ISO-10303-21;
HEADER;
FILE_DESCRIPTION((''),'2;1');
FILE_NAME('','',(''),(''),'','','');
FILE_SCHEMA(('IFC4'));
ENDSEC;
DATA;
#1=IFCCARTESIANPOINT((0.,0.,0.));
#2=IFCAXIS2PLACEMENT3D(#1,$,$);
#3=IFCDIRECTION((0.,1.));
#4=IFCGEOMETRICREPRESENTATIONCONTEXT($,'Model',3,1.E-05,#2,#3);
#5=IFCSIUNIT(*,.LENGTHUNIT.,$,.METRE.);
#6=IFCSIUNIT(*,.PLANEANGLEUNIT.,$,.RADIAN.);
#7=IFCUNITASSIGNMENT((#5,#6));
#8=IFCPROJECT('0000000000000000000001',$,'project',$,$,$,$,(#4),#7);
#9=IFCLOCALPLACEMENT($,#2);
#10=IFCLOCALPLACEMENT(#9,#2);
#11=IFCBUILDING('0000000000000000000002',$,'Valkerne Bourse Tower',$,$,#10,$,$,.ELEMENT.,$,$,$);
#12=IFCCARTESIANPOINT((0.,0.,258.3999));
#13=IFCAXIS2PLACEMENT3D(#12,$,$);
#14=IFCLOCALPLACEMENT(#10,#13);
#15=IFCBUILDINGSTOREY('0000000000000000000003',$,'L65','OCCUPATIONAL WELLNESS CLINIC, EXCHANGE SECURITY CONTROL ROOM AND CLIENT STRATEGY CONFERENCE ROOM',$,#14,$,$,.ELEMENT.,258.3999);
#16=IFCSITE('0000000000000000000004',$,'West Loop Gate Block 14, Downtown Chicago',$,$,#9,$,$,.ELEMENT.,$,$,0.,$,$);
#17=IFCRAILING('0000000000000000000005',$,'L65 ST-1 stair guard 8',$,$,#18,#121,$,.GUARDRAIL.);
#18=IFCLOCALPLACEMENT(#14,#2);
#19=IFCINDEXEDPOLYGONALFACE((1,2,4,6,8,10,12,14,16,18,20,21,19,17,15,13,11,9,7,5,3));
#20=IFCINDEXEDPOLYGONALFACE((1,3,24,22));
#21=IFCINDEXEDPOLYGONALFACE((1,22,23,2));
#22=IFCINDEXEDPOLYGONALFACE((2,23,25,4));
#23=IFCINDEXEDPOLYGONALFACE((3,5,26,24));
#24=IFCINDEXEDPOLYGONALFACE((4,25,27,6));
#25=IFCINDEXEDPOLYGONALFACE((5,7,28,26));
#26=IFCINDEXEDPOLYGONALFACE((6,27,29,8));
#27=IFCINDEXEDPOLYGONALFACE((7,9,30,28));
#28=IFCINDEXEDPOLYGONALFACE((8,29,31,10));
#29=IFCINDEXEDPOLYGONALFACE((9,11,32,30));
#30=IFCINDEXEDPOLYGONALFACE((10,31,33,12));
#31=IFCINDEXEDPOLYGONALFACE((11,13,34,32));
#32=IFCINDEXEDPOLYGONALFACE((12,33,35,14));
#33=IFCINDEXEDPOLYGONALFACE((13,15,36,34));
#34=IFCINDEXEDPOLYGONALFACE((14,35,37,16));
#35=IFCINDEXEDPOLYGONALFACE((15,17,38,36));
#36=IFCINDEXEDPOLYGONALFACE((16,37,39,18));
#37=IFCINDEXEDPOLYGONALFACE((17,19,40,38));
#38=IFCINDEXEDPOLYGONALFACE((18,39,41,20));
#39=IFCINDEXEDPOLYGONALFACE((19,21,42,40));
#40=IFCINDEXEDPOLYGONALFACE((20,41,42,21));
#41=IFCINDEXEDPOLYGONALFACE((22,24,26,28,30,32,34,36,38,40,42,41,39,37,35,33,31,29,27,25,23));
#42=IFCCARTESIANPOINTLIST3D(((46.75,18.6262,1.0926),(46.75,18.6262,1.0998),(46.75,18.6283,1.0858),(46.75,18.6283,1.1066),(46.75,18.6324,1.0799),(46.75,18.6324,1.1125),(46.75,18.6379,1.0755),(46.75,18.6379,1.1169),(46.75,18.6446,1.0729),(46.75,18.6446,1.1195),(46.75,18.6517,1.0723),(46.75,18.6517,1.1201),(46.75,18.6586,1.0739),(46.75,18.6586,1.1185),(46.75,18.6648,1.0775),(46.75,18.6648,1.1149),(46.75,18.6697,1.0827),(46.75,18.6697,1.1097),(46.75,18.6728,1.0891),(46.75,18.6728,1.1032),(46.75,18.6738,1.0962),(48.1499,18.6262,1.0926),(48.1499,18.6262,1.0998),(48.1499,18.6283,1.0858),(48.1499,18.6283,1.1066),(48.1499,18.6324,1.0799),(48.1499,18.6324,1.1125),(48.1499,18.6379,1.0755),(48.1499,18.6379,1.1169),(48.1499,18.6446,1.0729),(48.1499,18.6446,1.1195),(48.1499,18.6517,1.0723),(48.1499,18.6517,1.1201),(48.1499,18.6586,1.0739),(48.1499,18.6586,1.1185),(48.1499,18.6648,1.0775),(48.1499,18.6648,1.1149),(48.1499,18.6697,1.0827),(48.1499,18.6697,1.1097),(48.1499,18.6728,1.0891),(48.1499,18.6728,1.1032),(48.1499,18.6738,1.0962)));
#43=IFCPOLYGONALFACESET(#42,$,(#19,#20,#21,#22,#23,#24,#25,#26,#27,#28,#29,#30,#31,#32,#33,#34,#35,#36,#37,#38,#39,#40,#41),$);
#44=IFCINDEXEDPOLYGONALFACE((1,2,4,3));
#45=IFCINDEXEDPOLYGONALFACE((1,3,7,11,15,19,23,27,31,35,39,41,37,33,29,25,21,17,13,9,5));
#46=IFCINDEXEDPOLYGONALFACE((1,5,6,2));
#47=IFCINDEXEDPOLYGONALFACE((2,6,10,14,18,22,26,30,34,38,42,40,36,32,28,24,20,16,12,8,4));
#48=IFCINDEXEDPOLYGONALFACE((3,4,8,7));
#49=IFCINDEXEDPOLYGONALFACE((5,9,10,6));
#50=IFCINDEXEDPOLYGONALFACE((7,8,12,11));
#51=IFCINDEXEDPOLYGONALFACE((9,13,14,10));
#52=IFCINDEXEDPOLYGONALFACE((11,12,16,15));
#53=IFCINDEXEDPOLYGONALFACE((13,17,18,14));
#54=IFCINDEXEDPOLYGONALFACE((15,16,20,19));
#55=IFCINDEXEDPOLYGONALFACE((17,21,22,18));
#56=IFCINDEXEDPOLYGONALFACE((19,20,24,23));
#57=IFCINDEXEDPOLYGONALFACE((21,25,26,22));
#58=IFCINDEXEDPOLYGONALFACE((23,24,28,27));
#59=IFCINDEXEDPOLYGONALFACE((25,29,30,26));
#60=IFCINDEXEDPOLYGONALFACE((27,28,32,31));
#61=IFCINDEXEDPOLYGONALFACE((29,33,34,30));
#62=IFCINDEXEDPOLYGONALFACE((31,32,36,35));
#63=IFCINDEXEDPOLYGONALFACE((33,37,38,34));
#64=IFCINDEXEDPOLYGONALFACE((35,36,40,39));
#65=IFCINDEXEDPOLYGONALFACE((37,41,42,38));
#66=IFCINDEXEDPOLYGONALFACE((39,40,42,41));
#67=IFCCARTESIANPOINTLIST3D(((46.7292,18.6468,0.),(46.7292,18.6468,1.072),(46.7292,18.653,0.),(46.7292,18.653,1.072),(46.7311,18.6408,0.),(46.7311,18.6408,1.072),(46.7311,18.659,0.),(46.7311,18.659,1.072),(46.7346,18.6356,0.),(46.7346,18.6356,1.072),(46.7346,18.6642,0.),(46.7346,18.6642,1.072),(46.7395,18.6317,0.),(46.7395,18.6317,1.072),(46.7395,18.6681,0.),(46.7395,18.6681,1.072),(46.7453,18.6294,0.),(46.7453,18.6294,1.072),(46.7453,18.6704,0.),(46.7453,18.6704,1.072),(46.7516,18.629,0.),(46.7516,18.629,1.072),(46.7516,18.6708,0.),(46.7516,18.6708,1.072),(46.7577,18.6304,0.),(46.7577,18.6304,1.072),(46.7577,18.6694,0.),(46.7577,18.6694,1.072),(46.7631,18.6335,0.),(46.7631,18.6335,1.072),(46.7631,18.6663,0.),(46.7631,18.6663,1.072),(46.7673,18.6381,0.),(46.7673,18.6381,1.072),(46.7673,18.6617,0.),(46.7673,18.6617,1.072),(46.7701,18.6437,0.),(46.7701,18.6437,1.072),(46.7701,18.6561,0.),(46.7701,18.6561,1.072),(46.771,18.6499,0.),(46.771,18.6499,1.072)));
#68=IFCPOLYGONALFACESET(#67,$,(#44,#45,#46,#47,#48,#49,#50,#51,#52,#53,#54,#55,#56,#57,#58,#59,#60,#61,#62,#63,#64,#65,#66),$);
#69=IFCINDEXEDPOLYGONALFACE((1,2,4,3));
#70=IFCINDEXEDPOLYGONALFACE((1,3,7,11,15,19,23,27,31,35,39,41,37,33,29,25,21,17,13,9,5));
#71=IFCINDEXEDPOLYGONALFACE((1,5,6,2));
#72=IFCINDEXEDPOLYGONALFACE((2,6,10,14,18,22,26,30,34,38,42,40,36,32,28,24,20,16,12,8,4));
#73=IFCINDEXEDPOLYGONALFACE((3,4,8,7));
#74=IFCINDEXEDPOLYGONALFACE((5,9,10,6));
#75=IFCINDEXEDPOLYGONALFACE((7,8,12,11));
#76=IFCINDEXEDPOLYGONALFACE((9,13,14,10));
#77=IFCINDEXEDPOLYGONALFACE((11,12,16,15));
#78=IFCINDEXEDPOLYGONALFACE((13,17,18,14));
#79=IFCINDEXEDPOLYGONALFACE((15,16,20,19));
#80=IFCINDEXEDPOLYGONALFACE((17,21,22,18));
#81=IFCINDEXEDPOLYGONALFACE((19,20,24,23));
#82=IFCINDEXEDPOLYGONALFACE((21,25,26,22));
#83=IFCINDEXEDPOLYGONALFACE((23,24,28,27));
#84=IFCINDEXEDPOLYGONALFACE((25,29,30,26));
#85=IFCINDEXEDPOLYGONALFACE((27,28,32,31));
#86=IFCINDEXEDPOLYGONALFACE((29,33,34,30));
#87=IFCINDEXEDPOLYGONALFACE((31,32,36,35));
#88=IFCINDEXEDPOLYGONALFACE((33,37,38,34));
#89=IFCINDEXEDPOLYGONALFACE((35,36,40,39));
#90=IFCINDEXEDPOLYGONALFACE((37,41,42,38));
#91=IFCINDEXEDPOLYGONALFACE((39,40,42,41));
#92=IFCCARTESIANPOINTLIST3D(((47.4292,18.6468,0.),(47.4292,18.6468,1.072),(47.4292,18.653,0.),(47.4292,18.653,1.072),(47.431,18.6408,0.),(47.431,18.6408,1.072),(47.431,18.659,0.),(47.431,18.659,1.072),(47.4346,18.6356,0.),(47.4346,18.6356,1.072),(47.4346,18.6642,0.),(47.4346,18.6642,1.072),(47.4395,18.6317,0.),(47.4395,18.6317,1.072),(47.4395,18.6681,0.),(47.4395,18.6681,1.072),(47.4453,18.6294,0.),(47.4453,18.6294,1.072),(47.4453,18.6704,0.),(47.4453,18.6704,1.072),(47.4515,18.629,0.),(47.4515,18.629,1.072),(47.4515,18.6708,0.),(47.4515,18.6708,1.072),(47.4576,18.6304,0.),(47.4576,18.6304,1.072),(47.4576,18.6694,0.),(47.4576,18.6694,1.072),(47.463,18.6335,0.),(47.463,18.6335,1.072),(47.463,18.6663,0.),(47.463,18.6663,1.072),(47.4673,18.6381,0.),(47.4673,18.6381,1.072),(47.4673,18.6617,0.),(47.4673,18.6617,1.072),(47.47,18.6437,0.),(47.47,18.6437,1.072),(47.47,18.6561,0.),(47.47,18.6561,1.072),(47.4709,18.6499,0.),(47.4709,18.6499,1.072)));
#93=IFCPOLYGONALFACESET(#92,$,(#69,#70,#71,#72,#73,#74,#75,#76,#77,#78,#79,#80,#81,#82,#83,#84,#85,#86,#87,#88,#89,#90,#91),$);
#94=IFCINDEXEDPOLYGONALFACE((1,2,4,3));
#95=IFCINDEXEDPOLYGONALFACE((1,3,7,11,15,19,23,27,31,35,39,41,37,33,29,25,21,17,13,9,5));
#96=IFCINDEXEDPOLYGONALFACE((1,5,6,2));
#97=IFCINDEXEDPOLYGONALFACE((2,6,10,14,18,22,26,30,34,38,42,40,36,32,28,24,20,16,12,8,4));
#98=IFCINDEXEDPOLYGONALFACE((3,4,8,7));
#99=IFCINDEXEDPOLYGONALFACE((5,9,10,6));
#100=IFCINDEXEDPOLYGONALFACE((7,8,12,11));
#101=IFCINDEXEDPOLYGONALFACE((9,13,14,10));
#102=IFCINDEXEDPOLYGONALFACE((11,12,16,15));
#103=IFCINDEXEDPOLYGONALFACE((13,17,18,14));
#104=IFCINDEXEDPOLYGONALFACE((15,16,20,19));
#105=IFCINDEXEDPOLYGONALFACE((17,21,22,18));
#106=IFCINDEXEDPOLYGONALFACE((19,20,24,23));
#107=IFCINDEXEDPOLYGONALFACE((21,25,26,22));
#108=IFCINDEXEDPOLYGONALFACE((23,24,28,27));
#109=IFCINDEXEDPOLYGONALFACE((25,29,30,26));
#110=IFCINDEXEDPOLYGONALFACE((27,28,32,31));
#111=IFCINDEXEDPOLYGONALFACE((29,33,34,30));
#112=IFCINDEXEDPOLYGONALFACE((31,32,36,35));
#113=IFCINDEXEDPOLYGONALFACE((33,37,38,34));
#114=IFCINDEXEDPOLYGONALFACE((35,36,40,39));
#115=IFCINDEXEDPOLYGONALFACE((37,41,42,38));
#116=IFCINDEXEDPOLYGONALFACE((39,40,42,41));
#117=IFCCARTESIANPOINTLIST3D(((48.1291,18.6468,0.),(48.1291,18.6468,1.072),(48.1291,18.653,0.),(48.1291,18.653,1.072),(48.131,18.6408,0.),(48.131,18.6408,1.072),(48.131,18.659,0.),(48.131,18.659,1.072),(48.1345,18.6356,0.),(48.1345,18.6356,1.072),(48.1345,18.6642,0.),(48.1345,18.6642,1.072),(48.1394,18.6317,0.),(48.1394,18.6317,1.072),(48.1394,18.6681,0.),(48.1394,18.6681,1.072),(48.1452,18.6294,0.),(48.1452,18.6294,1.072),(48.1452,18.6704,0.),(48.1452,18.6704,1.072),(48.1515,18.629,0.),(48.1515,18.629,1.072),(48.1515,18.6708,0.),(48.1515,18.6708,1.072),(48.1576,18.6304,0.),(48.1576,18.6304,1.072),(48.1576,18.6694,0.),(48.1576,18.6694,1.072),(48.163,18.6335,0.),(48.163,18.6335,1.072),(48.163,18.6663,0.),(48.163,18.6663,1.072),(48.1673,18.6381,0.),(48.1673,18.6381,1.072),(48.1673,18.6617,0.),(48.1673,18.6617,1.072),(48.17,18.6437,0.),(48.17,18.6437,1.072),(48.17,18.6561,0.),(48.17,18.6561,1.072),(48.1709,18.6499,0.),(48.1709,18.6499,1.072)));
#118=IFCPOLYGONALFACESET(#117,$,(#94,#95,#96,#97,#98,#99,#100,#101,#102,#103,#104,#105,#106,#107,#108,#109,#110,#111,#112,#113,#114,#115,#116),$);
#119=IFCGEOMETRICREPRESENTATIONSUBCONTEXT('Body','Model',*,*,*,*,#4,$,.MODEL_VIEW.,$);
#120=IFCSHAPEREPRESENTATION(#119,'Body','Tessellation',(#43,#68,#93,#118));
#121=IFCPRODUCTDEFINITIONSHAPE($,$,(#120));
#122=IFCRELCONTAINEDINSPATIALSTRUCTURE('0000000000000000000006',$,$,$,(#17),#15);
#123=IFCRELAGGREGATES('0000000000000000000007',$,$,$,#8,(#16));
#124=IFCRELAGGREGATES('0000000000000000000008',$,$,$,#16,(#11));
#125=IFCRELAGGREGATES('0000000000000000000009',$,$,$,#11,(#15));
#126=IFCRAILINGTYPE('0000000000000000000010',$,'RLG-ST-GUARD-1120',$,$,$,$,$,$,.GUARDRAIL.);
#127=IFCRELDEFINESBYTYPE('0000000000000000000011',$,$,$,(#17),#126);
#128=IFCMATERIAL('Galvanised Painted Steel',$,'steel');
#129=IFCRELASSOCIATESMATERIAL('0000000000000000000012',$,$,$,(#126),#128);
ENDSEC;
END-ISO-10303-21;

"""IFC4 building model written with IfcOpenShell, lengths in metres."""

from ifc_helpers import new_model, si_unit, direction, frame, origin, origin_2d, place, context, subcontext, project, spatial, circle, extrude, material, type_object, element, save


model = new_model("IFC4")

# Units and contexts
model_context = context("Model", 3, precision=1e-05, world=origin(), true_north=direction((0.0, 1.0)))
body_context = subcontext(model_context, "Body", "Model", "MODEL_VIEW")
ifc_project = project(units=[si_unit("LENGTHUNIT", "METRE"), si_unit("PLANEANGLEUNIT", "RADIAN")], contexts=[model_context])

# Site, building, storey
site_placement = place(None, origin())
site = spatial("IfcSite", under=ifc_project, at=site_placement, Name="West Loop Gate Block 14, Downtown Chicago", CompositionType="ELEMENT", RefElevation=0.0)
building_placement = place(site_placement, origin())
building = spatial("IfcBuilding", under=site, at=building_placement, Name="Valkerne Bourse Tower", CompositionType="ELEMENT")
storey_placement = place(building_placement, frame((0.0, 0.0, 258.3999)))
storey = spatial("IfcBuildingStorey", under=building, at=storey_placement, Name="L65", Description="OCCUPATIONAL WELLNESS CLINIC, EXCHANGE SECURITY CONTROL ROOM AND CLIENT STRATEGY CONFERENCE ROOM", CompositionType="ELEMENT", Elevation=258.3999)

# Railing
ifc_material_1 = material(Name="Galvanised Painted Steel", Category="steel")
railing_type = type_object("IfcRailingType", Name="RLG-ST-GUARD-1120", PredefinedType="GUARDRAIL", material=ifc_material_1)
railing_1_placement = place(storey_placement, frame((46.75, 18.6499, 0.0)))
element("IfcRailing", 1, at=railing_1_placement, inside=storey, type_object=railing_type, Name="L65 ST-1 stair guard 8", PredefinedType="GUARDRAIL", context=body_context, shape_type="SweptSolid", body=[
    extrude(circle(Radius=0.0239, at=origin_2d()), frame((0.0, 0.0, 1.0962), z_axis=(1.0, 0.0, 0.0), x_axis=(0.0, 1.0, 0.0)), (0.0, 0.0, 1.0), 1.3999),
    extrude(circle(Radius=0.021, at=origin_2d()), origin(), (0.0, 0.0, 1.0), 1.072),
    extrude(circle(Radius=0.021, at=origin_2d()), frame((0.7, 0.0, 0.0)), (0.0, 0.0, 1.0), 1.072),
    extrude(circle(Radius=0.021, at=origin_2d()), frame((1.3999, 0.0, 0.0)), (0.0, 0.0, 1.0), 1.072),
])

save(model, "model.ifc")
